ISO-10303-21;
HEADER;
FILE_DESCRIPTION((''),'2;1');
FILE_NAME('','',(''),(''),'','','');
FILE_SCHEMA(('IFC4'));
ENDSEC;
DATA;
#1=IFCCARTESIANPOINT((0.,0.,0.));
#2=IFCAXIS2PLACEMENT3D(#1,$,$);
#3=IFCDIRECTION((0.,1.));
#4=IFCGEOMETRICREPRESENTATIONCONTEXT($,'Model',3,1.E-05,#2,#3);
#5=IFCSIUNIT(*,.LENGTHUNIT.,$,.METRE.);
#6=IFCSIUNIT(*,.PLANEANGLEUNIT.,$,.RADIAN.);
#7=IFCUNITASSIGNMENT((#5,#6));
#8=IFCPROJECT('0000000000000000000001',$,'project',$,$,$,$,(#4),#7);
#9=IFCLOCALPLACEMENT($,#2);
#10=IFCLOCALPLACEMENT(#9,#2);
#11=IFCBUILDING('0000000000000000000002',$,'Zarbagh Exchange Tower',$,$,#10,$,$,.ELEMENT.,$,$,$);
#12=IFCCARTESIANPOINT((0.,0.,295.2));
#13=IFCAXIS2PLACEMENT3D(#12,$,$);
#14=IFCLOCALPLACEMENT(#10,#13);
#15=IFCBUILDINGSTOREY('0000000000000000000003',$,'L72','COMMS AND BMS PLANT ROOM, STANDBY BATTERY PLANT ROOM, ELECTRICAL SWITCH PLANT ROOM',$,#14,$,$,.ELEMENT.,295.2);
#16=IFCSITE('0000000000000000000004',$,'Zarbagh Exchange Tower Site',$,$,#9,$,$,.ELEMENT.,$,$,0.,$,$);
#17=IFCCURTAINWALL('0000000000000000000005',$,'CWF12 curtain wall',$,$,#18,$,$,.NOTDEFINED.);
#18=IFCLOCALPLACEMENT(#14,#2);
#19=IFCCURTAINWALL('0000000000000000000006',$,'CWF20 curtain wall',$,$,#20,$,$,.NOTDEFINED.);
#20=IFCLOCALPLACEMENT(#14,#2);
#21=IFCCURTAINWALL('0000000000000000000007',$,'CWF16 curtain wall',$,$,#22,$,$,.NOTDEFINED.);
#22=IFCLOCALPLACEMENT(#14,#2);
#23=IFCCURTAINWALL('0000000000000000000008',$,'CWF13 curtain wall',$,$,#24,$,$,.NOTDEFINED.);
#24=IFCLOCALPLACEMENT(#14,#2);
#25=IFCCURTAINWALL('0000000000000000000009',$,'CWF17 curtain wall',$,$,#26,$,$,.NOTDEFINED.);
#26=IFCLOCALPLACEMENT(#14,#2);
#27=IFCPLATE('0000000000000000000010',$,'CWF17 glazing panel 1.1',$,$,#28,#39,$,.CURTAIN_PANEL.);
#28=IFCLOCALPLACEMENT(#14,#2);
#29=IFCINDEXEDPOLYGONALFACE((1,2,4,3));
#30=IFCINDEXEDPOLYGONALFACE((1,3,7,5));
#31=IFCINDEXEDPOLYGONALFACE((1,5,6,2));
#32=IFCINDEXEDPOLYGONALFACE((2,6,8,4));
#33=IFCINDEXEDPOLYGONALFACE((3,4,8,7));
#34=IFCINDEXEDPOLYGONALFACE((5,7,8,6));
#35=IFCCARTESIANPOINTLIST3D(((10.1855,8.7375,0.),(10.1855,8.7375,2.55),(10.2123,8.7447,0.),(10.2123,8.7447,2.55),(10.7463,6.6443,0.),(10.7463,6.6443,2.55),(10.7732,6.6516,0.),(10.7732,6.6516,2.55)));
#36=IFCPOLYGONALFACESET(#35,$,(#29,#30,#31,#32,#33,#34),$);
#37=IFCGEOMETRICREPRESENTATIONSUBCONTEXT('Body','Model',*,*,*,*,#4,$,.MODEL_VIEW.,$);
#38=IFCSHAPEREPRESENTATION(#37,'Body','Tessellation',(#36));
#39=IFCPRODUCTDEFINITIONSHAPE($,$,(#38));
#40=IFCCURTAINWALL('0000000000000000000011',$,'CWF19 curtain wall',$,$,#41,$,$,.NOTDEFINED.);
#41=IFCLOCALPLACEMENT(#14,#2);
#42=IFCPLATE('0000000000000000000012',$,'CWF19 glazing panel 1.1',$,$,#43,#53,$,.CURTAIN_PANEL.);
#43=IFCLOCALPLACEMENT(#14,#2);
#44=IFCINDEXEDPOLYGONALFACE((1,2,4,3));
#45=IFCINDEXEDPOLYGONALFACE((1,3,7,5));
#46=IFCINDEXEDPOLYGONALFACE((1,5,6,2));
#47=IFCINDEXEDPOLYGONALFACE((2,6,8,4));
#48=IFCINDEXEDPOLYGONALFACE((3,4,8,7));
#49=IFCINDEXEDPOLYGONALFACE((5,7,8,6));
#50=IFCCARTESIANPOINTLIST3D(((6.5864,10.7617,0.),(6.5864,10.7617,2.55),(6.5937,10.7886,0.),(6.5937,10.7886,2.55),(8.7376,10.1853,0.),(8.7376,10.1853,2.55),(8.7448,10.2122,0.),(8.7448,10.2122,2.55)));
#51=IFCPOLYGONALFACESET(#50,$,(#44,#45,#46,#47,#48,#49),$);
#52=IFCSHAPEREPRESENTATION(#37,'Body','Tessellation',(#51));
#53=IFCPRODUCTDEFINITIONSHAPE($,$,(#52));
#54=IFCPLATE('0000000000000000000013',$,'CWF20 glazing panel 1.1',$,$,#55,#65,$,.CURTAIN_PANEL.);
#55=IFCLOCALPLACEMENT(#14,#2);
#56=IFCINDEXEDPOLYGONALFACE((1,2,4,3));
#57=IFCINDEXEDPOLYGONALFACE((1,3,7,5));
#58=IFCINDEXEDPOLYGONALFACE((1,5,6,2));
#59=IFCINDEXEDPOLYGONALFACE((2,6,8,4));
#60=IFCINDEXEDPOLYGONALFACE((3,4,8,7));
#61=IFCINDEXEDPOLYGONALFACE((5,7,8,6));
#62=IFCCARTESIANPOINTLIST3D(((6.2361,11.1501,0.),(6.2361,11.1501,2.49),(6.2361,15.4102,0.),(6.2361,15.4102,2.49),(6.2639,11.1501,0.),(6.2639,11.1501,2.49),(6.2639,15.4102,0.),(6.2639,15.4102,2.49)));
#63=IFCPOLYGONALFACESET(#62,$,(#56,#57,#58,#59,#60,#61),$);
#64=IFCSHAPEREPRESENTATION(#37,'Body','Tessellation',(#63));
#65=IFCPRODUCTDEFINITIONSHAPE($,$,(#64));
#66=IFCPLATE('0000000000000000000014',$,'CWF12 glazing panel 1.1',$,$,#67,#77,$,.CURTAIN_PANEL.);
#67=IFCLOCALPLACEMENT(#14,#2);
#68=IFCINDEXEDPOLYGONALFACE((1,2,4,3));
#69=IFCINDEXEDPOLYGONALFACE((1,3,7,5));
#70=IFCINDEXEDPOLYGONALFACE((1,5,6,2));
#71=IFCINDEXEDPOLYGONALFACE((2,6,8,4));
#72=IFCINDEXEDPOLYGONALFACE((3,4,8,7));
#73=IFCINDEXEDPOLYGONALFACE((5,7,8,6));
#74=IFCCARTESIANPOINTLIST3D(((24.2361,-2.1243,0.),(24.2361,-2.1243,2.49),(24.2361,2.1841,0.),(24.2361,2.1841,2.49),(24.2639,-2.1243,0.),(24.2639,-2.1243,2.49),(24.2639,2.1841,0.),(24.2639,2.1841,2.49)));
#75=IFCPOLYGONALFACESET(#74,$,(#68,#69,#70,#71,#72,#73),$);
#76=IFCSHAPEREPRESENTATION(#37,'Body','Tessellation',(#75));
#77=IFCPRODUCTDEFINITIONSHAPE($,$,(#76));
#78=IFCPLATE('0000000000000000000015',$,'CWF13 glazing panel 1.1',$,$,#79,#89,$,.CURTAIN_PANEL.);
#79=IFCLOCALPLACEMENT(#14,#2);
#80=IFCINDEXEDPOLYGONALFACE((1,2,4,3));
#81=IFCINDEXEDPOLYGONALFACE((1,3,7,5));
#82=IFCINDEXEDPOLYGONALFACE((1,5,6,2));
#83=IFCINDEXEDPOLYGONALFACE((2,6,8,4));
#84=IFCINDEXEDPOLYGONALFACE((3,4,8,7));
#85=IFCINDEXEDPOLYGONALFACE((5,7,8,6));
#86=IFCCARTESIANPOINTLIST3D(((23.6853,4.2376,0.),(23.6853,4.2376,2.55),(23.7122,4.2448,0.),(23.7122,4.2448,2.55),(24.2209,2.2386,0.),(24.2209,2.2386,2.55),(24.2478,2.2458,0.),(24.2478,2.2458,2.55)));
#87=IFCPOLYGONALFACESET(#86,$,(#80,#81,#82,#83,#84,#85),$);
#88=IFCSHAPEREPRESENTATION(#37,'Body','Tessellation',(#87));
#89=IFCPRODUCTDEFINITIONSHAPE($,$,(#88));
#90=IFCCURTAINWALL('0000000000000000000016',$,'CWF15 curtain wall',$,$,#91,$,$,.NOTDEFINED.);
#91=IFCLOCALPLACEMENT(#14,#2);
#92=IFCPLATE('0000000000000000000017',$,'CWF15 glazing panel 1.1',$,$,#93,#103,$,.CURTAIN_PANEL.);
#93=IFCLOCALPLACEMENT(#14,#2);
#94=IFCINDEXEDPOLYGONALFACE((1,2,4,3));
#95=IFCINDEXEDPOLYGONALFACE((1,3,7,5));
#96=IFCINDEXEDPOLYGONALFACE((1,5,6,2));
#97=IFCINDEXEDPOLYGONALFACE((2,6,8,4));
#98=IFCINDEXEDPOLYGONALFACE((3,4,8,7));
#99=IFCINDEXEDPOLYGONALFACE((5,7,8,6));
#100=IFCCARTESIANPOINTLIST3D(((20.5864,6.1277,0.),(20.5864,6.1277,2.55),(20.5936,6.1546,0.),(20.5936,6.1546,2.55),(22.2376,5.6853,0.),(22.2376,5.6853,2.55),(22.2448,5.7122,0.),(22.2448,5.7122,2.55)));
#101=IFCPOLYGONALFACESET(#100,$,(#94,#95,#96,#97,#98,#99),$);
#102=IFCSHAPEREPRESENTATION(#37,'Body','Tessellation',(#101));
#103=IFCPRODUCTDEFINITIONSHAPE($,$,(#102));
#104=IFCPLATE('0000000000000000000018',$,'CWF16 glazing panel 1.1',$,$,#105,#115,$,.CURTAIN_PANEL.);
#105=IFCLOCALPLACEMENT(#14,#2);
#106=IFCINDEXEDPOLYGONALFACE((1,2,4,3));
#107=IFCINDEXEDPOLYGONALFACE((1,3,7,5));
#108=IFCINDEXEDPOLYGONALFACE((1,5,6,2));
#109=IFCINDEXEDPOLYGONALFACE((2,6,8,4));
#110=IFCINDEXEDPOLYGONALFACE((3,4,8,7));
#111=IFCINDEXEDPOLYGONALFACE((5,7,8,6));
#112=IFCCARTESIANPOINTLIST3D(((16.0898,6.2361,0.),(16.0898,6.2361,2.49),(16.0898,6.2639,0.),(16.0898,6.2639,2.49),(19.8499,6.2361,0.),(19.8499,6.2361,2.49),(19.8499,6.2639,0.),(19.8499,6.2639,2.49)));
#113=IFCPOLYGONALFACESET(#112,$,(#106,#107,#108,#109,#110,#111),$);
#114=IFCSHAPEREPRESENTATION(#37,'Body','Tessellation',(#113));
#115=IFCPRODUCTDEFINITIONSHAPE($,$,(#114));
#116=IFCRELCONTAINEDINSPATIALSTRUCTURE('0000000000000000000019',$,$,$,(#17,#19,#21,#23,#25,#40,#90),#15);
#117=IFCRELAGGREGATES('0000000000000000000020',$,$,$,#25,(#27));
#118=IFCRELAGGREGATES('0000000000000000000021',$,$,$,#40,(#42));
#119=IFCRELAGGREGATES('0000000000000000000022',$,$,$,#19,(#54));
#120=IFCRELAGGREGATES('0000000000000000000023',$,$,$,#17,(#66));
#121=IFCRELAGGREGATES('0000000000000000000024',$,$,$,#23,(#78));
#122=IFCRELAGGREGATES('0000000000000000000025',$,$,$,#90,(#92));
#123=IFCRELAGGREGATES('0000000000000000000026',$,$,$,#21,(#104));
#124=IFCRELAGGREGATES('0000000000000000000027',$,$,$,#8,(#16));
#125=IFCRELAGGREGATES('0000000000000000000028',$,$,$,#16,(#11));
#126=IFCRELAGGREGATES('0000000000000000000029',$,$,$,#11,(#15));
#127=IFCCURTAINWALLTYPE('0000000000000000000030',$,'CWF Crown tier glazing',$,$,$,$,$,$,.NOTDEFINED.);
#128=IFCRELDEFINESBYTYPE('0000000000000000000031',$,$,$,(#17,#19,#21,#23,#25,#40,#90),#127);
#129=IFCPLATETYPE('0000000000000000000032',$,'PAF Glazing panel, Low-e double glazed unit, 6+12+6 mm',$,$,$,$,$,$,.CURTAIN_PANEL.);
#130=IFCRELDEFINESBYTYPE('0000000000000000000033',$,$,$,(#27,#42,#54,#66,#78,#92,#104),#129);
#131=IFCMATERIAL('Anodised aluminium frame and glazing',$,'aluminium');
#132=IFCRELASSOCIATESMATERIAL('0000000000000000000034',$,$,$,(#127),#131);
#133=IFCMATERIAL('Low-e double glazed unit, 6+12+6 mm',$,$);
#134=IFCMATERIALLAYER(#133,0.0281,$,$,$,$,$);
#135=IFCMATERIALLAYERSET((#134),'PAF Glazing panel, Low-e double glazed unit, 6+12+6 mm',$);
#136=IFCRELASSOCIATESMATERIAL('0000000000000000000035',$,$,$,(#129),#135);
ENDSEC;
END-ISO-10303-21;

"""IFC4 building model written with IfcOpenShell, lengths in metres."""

from ifc_helpers import new_model, si_unit, direction, frame, origin, place, context, subcontext, project, spatial, polyline, outline, extrude, source, transform, mapped, material, layer, layer_set, type_object, element, aggregate, save


model = new_model("IFC4")

# Units and contexts
model_context = context("Model", 3, precision=1e-05, world=origin(), true_north=direction((0.0, 1.0)))
body_context = subcontext(model_context, "Body", "Model", "MODEL_VIEW")
ifc_project = project(units=[si_unit("LENGTHUNIT", "METRE"), si_unit("PLANEANGLEUNIT", "RADIAN")], contexts=[model_context])

# Site, building, storey
site_placement = place(None, origin())
site = spatial("IfcSite", under=ifc_project, at=site_placement, Name="Zarbagh Exchange Tower Site", CompositionType="ELEMENT", RefElevation=0.0)
building_placement = place(site_placement, origin())
building = spatial("IfcBuilding", under=site, at=building_placement, Name="Zarbagh Exchange Tower", CompositionType="ELEMENT")
storey_placement = place(building_placement, frame((0.0, 0.0, 295.2)))
storey = spatial("IfcBuildingStorey", under=building, at=storey_placement, Name="L72", Description="COMMS AND BMS PLANT ROOM, STANDBY BATTERY PLANT ROOM, ELECTRICAL SWITCH PLANT ROOM", CompositionType="ELEMENT", Elevation=295.2)

# Curtain walls
ifc_material_1 = material(Name="Anodised aluminium frame and glazing", Category="aluminium")
curtain_wall_type = type_object("IfcCurtainWallType", Name="CWF Crown tier glazing", PredefinedType="NOTDEFINED", material=ifc_material_1)
curtain_wall_1_placement = place(storey_placement, origin())
curtain_wall_1 = element("IfcCurtainWall", 1, at=curtain_wall_1_placement, inside=storey, type_object=curtain_wall_type, Name="CWF12 curtain wall", PredefinedType="NOTDEFINED")
placement = place(storey_placement, origin())
curtain_wall_2_placement = place(storey_placement, origin())
curtain_wall_2 = element("IfcCurtainWall", 2, at=curtain_wall_2_placement, inside=storey, type_object=curtain_wall_type, Name="CWF20 curtain wall", PredefinedType="NOTDEFINED")
curtain_wall_3_placement = place(storey_placement, origin())
curtain_wall_3 = element("IfcCurtainWall", 3, at=curtain_wall_3_placement, inside=storey, type_object=curtain_wall_type, Name="CWF16 curtain wall", PredefinedType="NOTDEFINED")

# Curtain wall
curtain_wall_4_placement = place(storey_placement, origin())
curtain_wall_4 = element("IfcCurtainWall", 4, at=curtain_wall_4_placement, inside=storey, type_object=curtain_wall_type, Name="CWF13 curtain wall", PredefinedType="NOTDEFINED")

# Curtain wall
curtain_wall_5_placement = place(storey_placement, origin())
curtain_wall_5 = element("IfcCurtainWall", 5, at=curtain_wall_5_placement, inside=storey, type_object=curtain_wall_type, Name="CWF17 curtain wall", PredefinedType="NOTDEFINED")

# Shared definitions
ifc_material_2 = material(Name="Low-e double glazed unit, 6+12+6 mm")
ifc_layer = layer(ifc_material_2, 0.0281)
ifc_layer_set = layer_set([ifc_layer], Name="PAF Glazing panel, Low-e double glazed unit, 6+12+6 mm")
plate_type = type_object("IfcPlateType", Name="PAF Glazing panel, Low-e double glazed unit, 6+12+6 mm", PredefinedType="CURTAIN_PANEL", material=ifc_layer_set)

# Plate
shared_shape_1 = source(origin(), body_context, "Body", "SweptSolid", [
    extrude(outline(polyline([(0.0, -0.0139), (2.167, -0.0139), (2.167, 0.0139), (0.0, 0.0139), (0.0, -0.0139)])), origin(), (0.0, 0.0, 1.0), 2.55),
])
plate_1 = element("IfcPlate", 6, at=placement, type_object=plate_type, Name="CWF17 glazing panel 1.1", PredefinedType="CURTAIN_PANEL", context=body_context, shape_type="MappedRepresentation", body=[
    mapped(shared_shape_1, transform((10.7598, 6.6479, 0.0), x_axis=(-0.258825, 0.965924, 0.0), y_axis=(-0.965924, -0.258825, 0.0), z_axis=(0.0, 0.0, 1.0))),
])
aggregate(curtain_wall_5, [plate_1])

# Curtain wall, plate
curtain_wall_6_placement = place(storey_placement, origin())
curtain_wall_6 = element("IfcCurtainWall", 7, at=curtain_wall_6_placement, inside=storey, type_object=curtain_wall_type, Name="CWF19 curtain wall", PredefinedType="NOTDEFINED")
shared_shape_2 = source(origin(), body_context, "Body", "SweptSolid", [
    extrude(outline(polyline([(0.0, -0.0139), (2.2271, -0.0139), (2.2271, 0.0139), (0.0, 0.0139), (0.0, -0.0139)])), origin(), (0.0, 0.0, 1.0), 2.55),
])
plate_2 = element("IfcPlate", 8, at=placement, type_object=plate_type, Name="CWF19 glazing panel 1.1", PredefinedType="CURTAIN_PANEL", context=body_context, shape_type="MappedRepresentation", body=[
    mapped(shared_shape_2, transform((8.7412, 10.1987, 0.0), x_axis=(-0.965924, 0.258825, 0.0), y_axis=(-0.258825, -0.965924, 0.0), z_axis=(0.0, 0.0, 1.0))),
])
aggregate(curtain_wall_6, [plate_2])

# Plates
shared_shape_3 = source(origin(), body_context, "Body", "SweptSolid", [
    extrude(outline(polyline([(0.0, -0.0139), (4.26, -0.0139), (4.26, 0.0139), (0.0, 0.0139), (0.0, -0.0139)])), origin(), (0.0, 0.0, 1.0), 2.49),
])
plate_3 = element("IfcPlate", 9, at=placement, type_object=plate_type, Name="CWF20 glazing panel 1.1", PredefinedType="CURTAIN_PANEL", context=body_context, shape_type="MappedRepresentation", body=[
    mapped(shared_shape_3, transform((6.25, 11.1501, 0.0), x_axis=(0.0, 1.0, 0.0), y_axis=(-1.0, 0.0, 0.0), z_axis=(0.0, 0.0, 1.0))),
])
aggregate(curtain_wall_2, [plate_3])
shared_shape_4 = source(origin(), body_context, "Body", "SweptSolid", [
    extrude(outline(polyline([(0.0, -0.0139), (4.3083, -0.0139), (4.3083, 0.0139), (0.0, 0.0139), (0.0, -0.0139)])), origin(), (0.0, 0.0, 1.0), 2.49),
])
plate_4 = element("IfcPlate", 10, at=placement, type_object=plate_type, Name="CWF12 glazing panel 1.1", PredefinedType="CURTAIN_PANEL", context=body_context, shape_type="MappedRepresentation", body=[
    mapped(shared_shape_4, transform((24.25, -2.1243, 0.0), x_axis=(0.0, 1.0, 0.0), y_axis=(-1.0, 0.0, 0.0), z_axis=(0.0, 0.0, 1.0))),
])
aggregate(curtain_wall_1, [plate_4])
shared_shape_5 = source(origin(), body_context, "Body", "SweptSolid", [
    extrude(outline(polyline([(0.0, -0.0139), (2.0696, -0.0139), (2.0696, 0.0139), (0.0, 0.0139), (0.0, -0.0139)])), origin(), (0.0, 0.0, 1.0), 2.55),
])
plate_5 = element("IfcPlate", 11, at=placement, type_object=plate_type, Name="CWF13 glazing panel 1.1", PredefinedType="CURTAIN_PANEL", context=body_context, shape_type="MappedRepresentation", body=[
    mapped(shared_shape_5, transform((24.2344, 2.2422, 0.0), x_axis=(-0.258825, 0.965924, 0.0), y_axis=(-0.965924, -0.258825, 0.0), z_axis=(0.0, 0.0, 1.0))),
])
aggregate(curtain_wall_4, [plate_5])

# Curtain wall, plate
curtain_wall_7_placement = place(storey_placement, origin())
curtain_wall_7 = element("IfcCurtainWall", 12, at=curtain_wall_7_placement, inside=storey, type_object=curtain_wall_type, Name="CWF15 curtain wall", PredefinedType="NOTDEFINED")
shared_shape_6 = source(origin(), body_context, "Body", "SweptSolid", [
    extrude(outline(polyline([(0.0, -0.0139), (1.7095, -0.0139), (1.7095, 0.0139), (0.0, 0.0139), (0.0, -0.0139)])), origin(), (0.0, 0.0, 1.0), 2.55),
])
plate_6 = element("IfcPlate", 13, at=placement, type_object=plate_type, Name="CWF15 glazing panel 1.1", PredefinedType="CURTAIN_PANEL", context=body_context, shape_type="MappedRepresentation", body=[
    mapped(shared_shape_6, transform((22.2412, 5.6987, 0.0), x_axis=(-0.965924, 0.258825, 0.0), y_axis=(-0.258825, -0.965924, 0.0), z_axis=(0.0, 0.0, 1.0))),
])
aggregate(curtain_wall_7, [plate_6])

# Plate
shared_shape_7 = source(origin(), body_context, "Body", "SweptSolid", [
    extrude(outline(polyline([(0.0, -0.0139), (3.76, -0.0139), (3.76, 0.0139), (0.0, 0.0139), (0.0, -0.0139)])), origin(), (0.0, 0.0, 1.0), 2.49),
])
plate_7 = element("IfcPlate", 14, at=placement, type_object=plate_type, Name="CWF16 glazing panel 1.1", PredefinedType="CURTAIN_PANEL", context=body_context, shape_type="MappedRepresentation", body=[
    mapped(shared_shape_7, transform((19.8499, 6.25, 0.0), x_axis=(-1.0, 0.0, 0.0), y_axis=(0.0, -1.0, 0.0), z_axis=(0.0, 0.0, 1.0))),
])
aggregate(curtain_wall_3, [plate_7])

save(model, "model.ifc")
